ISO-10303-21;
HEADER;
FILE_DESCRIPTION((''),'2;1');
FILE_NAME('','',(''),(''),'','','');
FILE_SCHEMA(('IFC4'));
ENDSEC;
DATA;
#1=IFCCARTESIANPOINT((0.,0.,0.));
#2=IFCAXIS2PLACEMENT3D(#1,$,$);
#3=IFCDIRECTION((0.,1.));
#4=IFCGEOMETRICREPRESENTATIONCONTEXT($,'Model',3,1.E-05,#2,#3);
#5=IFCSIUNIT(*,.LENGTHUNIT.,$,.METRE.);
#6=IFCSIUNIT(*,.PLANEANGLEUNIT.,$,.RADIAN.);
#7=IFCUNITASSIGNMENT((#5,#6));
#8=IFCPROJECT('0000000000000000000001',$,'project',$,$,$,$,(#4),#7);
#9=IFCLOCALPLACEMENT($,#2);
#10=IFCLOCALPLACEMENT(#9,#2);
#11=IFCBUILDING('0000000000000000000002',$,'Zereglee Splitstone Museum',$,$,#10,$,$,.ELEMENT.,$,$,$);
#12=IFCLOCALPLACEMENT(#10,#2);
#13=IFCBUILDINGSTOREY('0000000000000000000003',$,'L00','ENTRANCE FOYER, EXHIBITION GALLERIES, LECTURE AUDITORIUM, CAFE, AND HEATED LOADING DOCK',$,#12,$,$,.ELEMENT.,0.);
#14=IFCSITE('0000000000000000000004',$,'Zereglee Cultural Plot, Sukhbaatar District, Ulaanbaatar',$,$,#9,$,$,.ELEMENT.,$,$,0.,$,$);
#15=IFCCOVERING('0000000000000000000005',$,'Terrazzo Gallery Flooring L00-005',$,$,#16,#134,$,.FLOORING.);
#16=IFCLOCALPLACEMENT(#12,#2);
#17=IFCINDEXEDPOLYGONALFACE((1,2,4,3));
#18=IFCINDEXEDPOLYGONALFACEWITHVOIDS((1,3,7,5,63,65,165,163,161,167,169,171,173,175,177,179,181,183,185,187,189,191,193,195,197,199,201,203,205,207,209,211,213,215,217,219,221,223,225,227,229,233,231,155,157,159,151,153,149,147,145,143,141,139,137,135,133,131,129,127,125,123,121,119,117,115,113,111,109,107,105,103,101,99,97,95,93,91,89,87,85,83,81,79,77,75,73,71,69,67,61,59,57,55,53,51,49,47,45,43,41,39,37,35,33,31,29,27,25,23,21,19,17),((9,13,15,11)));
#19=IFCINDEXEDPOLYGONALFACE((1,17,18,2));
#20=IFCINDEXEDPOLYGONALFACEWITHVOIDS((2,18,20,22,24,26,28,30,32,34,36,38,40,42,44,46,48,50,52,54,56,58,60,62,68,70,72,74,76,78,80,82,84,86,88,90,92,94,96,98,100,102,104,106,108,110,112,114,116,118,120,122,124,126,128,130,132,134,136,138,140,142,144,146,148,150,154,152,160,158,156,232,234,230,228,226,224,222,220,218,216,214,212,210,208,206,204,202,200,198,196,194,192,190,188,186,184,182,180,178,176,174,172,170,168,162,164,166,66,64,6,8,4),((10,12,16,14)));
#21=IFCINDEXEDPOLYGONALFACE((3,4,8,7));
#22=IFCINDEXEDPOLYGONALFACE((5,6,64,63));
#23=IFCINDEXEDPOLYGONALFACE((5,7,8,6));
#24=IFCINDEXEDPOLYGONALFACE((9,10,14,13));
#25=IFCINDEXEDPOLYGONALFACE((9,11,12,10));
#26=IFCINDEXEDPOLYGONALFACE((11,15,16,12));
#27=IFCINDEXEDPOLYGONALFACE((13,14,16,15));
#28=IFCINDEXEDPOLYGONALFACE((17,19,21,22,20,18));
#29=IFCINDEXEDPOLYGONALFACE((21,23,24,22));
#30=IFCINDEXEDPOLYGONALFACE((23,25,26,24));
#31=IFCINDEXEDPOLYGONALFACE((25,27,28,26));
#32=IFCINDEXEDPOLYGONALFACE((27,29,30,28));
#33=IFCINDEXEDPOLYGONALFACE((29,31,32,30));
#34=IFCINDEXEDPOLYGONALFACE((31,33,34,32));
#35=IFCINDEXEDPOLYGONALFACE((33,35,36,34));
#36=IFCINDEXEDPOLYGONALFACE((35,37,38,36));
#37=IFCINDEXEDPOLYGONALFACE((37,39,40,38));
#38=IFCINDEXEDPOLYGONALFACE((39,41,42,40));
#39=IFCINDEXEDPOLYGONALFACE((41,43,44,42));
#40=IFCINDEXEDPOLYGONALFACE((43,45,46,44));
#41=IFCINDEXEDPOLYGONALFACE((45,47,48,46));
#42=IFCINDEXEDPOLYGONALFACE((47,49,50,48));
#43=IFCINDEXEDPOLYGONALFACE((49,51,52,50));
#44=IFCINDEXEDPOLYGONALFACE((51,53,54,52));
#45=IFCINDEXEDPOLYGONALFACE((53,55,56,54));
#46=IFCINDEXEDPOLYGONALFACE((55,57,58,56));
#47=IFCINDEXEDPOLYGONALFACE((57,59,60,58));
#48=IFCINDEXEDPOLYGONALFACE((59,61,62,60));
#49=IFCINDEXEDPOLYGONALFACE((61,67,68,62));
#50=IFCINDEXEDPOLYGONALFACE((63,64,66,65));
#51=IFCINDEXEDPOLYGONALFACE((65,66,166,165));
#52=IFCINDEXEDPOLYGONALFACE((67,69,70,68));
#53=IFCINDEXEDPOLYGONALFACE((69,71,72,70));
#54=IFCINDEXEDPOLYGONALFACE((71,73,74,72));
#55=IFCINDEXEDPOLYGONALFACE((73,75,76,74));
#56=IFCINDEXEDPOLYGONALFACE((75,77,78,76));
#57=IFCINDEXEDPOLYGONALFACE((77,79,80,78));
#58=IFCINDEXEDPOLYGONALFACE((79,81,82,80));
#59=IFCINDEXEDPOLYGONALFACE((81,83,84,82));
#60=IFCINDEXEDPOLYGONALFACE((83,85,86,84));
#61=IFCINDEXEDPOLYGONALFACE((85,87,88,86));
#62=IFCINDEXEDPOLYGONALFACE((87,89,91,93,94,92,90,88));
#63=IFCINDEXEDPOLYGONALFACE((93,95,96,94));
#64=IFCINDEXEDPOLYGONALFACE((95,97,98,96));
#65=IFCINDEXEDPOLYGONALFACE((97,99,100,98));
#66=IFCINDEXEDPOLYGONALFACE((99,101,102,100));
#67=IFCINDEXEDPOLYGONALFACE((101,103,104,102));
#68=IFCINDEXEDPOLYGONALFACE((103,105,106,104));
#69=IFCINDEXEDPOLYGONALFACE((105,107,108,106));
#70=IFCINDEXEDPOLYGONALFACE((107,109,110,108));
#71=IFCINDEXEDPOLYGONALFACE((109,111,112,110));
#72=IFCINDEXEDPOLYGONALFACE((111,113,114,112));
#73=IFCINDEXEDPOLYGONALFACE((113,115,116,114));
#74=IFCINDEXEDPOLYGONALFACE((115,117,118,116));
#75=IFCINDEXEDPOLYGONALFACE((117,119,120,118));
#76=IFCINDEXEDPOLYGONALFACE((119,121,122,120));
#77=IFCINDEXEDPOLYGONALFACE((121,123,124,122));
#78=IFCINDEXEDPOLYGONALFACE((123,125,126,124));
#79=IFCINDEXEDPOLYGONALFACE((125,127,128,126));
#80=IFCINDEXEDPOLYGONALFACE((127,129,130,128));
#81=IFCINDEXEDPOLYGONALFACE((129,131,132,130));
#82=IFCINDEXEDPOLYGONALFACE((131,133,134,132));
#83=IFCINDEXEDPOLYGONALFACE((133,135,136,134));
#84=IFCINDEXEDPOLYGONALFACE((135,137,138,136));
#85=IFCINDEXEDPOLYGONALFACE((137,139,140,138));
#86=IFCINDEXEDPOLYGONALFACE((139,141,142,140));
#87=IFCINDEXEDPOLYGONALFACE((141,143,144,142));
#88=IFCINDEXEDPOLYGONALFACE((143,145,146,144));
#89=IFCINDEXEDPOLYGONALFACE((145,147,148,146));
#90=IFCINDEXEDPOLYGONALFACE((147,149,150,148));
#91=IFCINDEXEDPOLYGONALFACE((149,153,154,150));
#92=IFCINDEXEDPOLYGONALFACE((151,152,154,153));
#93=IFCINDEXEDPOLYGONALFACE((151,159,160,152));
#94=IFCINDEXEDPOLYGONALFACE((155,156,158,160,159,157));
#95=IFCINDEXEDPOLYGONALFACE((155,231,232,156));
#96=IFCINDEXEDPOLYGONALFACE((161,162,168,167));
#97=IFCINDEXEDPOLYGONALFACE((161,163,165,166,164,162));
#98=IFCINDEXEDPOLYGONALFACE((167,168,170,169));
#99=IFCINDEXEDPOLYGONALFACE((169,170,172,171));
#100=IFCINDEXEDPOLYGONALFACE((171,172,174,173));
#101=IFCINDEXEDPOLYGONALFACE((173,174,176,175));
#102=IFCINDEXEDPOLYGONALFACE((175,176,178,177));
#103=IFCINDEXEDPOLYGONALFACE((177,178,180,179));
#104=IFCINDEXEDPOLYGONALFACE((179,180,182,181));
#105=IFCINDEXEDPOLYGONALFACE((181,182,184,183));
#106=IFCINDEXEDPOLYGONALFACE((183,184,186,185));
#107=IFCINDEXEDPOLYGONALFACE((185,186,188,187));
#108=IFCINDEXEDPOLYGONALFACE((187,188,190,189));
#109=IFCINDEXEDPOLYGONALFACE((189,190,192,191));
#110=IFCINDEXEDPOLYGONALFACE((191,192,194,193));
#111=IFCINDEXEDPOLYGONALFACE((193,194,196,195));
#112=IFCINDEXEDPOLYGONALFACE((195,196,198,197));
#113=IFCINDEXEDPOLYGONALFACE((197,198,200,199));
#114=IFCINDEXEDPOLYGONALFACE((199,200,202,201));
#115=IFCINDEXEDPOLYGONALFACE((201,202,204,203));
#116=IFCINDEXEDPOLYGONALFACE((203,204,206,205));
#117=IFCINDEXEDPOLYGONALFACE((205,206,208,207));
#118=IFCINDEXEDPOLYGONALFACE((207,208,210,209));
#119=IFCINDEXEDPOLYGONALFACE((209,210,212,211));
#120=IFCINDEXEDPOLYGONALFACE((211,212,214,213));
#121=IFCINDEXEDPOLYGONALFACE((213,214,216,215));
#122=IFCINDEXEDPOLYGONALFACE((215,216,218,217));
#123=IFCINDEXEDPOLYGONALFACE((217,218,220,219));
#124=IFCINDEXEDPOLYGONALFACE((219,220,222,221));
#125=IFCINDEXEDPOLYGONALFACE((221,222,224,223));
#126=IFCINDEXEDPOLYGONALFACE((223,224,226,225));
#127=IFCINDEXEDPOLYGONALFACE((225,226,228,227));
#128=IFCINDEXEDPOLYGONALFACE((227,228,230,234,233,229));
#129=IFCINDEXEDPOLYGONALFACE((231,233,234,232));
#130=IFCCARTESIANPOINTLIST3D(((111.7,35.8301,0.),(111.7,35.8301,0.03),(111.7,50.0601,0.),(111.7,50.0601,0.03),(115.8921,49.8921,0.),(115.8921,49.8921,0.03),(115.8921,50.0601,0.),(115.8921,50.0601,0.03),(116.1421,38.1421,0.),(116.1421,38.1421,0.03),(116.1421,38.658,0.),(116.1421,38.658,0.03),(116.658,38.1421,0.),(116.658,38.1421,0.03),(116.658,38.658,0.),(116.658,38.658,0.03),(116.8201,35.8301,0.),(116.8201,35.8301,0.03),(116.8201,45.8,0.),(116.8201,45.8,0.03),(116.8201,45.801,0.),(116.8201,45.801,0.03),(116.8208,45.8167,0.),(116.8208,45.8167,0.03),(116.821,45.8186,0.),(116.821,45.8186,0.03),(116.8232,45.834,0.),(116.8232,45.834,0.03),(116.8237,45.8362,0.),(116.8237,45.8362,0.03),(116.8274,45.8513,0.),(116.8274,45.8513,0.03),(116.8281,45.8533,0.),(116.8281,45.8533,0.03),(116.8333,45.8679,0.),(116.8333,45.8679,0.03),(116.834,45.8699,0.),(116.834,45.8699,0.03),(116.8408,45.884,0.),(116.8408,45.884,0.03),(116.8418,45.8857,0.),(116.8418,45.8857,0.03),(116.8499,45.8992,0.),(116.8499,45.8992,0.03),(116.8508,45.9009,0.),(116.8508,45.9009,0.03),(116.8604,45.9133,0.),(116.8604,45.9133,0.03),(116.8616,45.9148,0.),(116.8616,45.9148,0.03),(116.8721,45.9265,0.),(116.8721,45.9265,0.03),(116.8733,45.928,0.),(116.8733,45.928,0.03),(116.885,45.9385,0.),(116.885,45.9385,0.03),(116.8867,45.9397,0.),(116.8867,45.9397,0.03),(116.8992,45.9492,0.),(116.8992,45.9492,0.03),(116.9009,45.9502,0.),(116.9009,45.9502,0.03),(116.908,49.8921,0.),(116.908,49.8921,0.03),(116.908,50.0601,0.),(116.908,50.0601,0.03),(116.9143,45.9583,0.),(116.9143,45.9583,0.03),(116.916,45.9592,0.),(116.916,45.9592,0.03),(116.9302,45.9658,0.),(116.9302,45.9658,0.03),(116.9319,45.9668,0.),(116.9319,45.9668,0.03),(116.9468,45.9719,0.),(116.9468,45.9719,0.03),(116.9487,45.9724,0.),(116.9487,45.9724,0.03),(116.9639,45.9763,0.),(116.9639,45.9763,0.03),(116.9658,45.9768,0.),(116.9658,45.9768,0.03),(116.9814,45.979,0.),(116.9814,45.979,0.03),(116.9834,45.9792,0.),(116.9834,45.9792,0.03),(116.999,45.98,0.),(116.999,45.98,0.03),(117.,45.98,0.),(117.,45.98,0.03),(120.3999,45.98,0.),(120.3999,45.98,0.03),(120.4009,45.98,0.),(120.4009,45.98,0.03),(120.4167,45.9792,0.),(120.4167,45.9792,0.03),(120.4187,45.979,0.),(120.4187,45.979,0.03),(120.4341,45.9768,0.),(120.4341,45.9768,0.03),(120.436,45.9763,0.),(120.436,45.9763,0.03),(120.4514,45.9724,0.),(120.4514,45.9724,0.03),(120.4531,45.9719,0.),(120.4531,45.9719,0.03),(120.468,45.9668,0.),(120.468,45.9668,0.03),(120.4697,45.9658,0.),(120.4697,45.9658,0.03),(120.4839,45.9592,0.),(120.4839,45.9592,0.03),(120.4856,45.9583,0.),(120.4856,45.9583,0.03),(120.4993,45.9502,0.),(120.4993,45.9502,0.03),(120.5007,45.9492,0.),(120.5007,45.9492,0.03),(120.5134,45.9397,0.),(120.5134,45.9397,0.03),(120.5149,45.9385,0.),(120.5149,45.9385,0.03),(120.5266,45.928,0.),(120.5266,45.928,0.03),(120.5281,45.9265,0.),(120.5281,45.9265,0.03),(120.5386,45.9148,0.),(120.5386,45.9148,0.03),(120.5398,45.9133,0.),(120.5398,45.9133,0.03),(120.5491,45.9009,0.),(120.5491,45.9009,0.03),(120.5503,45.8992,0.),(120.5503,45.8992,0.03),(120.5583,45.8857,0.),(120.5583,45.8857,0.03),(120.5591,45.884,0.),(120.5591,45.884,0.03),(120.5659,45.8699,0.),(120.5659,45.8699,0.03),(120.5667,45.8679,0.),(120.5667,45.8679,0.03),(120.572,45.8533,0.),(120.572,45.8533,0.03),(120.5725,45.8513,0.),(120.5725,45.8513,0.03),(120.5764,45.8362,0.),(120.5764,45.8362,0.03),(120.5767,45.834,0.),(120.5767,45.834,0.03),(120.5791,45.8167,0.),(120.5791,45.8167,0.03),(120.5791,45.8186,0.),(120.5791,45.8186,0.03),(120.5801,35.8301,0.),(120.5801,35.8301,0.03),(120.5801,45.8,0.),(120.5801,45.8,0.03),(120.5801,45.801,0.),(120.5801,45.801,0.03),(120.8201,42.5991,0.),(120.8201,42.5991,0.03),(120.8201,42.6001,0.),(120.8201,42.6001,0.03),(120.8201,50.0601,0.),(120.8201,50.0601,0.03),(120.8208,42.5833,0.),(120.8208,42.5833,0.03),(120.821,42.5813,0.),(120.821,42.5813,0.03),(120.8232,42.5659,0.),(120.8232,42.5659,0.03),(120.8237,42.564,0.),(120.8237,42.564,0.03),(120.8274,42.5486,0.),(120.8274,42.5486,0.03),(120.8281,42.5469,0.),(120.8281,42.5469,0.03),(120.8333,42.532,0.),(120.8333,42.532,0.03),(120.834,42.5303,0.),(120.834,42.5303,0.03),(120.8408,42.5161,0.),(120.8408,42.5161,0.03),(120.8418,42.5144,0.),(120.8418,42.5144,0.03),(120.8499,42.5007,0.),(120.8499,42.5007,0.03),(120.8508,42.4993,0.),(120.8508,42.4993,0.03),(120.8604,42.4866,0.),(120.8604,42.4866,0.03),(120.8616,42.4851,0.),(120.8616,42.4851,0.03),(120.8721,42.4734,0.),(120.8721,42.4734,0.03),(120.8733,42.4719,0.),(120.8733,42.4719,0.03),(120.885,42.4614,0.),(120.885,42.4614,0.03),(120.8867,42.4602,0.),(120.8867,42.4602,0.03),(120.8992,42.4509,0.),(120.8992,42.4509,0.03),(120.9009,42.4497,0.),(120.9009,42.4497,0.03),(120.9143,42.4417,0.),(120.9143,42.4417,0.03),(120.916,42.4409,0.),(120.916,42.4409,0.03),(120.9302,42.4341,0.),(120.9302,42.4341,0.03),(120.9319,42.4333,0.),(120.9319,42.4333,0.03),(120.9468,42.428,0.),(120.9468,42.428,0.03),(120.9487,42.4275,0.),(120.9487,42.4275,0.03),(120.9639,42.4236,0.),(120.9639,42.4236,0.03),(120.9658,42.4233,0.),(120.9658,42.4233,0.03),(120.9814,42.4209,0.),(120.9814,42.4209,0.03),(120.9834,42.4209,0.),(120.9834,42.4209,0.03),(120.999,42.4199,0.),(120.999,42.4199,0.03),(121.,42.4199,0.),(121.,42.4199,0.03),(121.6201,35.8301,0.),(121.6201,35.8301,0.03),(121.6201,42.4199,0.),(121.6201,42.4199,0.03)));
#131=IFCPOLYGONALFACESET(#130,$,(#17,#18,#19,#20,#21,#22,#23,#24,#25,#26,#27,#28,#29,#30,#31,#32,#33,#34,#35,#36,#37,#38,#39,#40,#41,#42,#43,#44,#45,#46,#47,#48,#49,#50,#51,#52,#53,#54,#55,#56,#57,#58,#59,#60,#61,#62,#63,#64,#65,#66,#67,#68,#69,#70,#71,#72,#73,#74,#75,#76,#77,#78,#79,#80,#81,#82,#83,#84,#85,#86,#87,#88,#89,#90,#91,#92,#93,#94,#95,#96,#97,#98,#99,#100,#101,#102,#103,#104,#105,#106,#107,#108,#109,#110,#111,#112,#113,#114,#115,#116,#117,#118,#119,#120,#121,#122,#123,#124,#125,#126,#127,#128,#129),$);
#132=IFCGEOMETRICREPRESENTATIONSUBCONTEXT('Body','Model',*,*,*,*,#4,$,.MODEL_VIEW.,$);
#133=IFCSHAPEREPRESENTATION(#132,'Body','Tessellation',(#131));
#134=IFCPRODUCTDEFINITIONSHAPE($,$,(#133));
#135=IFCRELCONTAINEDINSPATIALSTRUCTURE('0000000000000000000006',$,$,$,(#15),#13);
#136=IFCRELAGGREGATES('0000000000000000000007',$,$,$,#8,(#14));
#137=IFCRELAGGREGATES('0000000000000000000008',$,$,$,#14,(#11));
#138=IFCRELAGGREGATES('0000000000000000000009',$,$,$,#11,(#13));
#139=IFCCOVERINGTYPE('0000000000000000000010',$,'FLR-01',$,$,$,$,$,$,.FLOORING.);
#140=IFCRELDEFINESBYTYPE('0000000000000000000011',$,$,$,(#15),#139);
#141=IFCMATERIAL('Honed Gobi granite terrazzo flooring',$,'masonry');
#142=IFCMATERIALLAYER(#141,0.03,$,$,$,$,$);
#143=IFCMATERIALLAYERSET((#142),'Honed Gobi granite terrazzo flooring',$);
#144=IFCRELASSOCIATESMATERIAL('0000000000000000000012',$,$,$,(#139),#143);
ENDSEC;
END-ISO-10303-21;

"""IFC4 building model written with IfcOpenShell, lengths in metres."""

from ifc_helpers import new_model, si_unit, direction, origin, place, context, subcontext, project, spatial, polyline, outline, extrude, material, layer, layer_set, type_object, element, save


model = new_model("IFC4")

# Units and contexts
model_context = context("Model", 3, precision=1e-05, world=origin(), true_north=direction((0.0, 1.0)))
body_context = subcontext(model_context, "Body", "Model", "MODEL_VIEW")
ifc_project = project(units=[si_unit("LENGTHUNIT", "METRE"), si_unit("PLANEANGLEUNIT", "RADIAN")], contexts=[model_context])

# Site, building, storey
site_placement = place(None, origin())
site = spatial("IfcSite", under=ifc_project, at=site_placement, Name="Zereglee Cultural Plot, Sukhbaatar District, Ulaanbaatar", CompositionType="ELEMENT", RefElevation=0.0)
building_placement = place(site_placement, origin())
building = spatial("IfcBuilding", under=site, at=building_placement, Name="Zereglee Splitstone Museum", CompositionType="ELEMENT")
storey_placement = place(building_placement, origin())
storey = spatial("IfcBuildingStorey", under=building, at=storey_placement, Name="L00", Description="ENTRANCE FOYER, EXHIBITION GALLERIES, LECTURE AUDITORIUM, CAFE, AND HEATED LOADING DOCK", CompositionType="ELEMENT", Elevation=0.0)

# Covering
ifc_material_1 = material(Name="Honed Gobi granite terrazzo flooring", Category="masonry")
ifc_layer_1 = layer(ifc_material_1, 0.03)
ifc_layer_set_1 = layer_set([ifc_layer_1], Name="Honed Gobi granite terrazzo flooring")
covering_type_1 = type_object("IfcCoveringType", Name="FLR-01", PredefinedType="FLOORING", material=ifc_layer_set_1)
covering_1_placement = place(storey_placement, origin())
element("IfcCovering", 1, at=covering_1_placement, inside=storey, type_object=covering_type_1, Name="Terrazzo Gallery Flooring L00-005", PredefinedType="FLOORING", context=body_context, shape_type="SweptSolid", body=[
    extrude(outline(polyline([(120.8201, 42.6001), (120.8201, 42.5991), (120.8208, 42.5833), (120.821, 42.5813), (120.8232, 42.5659), (120.8237, 42.564), (120.8274, 42.5486), (120.8281, 42.5469), (120.8333, 42.532), (120.834, 42.5303), (120.8408, 42.5161), (120.8418, 42.5144), (120.8499, 42.5007), (120.8508, 42.4993), (120.8604, 42.4866), (120.8616, 42.4851), (120.8721, 42.4734), (120.8733, 42.4719), (120.885, 42.4614), (120.8867, 42.4602), (120.8992, 42.4509), (120.9009, 42.4497), (120.9143, 42.4417), (120.916, 42.4409), (120.9302, 42.4341), (120.9319, 42.4333), (120.9468, 42.428), (120.9487, 42.4275), (120.9639, 42.4236), (120.9658, 42.4233), (120.9814, 42.4209), (120.9834, 42.4209), (120.999, 42.4199), (121.0, 42.4199), (121.6201, 42.4199), (121.6201, 35.8301), (120.5801, 35.8301), (120.5801, 45.8), (120.5801, 45.801), (120.5791, 45.8167), (120.5791, 45.8186), (120.5767, 45.834), (120.5764, 45.8362), (120.5725, 45.8513), (120.572, 45.8533), (120.5667, 45.8679), (120.5659, 45.8699), (120.5591, 45.884), (120.5583, 45.8857), (120.5503, 45.8992), (120.5491, 45.9009), (120.5398, 45.9133), (120.5386, 45.9148), (120.5281, 45.9265), (120.5266, 45.928), (120.5149, 45.9385), (120.5134, 45.9397), (120.5007, 45.9492), (120.4993, 45.9502), (120.4856, 45.9583), (120.4839, 45.9592), (120.4697, 45.9658), (120.468, 45.9668), (120.4531, 45.9719), (120.4514, 45.9724), (120.436, 45.9763), (120.4341, 45.9768), (120.4187, 45.979), (120.4167, 45.9792), (120.4009, 45.98), (120.3999, 45.98), (117.0, 45.98), (116.999, 45.98), (116.9834, 45.9792), (116.9814, 45.979), (116.9658, 45.9768), (116.9639, 45.9763), (116.9487, 45.9724), (116.9468, 45.9719), (116.9319, 45.9668), (116.9302, 45.9658), (116.916, 45.9592), (116.9143, 45.9583), (116.9009, 45.9502), (116.8992, 45.9492), (116.8867, 45.9397), (116.885, 45.9385), (116.8733, 45.928), (116.8721, 45.9265), (116.8616, 45.9148), (116.8604, 45.9133), (116.8508, 45.9009), (116.8499, 45.8992), (116.8418, 45.8857), (116.8408, 45.884), (116.834, 45.8699), (116.8333, 45.8679), (116.8281, 45.8533), (116.8274, 45.8513), (116.8237, 45.8362), (116.8232, 45.834), (116.821, 45.8186), (116.8208, 45.8167), (116.8201, 45.801), (116.8201, 45.8), (116.8201, 35.8301), (111.7, 35.8301), (111.7, 50.0601), (115.8921, 50.0601), (115.8921, 49.8921), (116.908, 49.8921), (116.908, 50.0601), (120.8201, 50.0601), (120.8201, 42.6001)]), holes=[polyline([(116.658, 38.658), (116.1421, 38.658), (116.1421, 38.1421), (116.658, 38.1421), (116.658, 38.658)])]), origin(), (0.0, 0.0, 1.0), 0.03),
])

save(model, "model.ifc")
